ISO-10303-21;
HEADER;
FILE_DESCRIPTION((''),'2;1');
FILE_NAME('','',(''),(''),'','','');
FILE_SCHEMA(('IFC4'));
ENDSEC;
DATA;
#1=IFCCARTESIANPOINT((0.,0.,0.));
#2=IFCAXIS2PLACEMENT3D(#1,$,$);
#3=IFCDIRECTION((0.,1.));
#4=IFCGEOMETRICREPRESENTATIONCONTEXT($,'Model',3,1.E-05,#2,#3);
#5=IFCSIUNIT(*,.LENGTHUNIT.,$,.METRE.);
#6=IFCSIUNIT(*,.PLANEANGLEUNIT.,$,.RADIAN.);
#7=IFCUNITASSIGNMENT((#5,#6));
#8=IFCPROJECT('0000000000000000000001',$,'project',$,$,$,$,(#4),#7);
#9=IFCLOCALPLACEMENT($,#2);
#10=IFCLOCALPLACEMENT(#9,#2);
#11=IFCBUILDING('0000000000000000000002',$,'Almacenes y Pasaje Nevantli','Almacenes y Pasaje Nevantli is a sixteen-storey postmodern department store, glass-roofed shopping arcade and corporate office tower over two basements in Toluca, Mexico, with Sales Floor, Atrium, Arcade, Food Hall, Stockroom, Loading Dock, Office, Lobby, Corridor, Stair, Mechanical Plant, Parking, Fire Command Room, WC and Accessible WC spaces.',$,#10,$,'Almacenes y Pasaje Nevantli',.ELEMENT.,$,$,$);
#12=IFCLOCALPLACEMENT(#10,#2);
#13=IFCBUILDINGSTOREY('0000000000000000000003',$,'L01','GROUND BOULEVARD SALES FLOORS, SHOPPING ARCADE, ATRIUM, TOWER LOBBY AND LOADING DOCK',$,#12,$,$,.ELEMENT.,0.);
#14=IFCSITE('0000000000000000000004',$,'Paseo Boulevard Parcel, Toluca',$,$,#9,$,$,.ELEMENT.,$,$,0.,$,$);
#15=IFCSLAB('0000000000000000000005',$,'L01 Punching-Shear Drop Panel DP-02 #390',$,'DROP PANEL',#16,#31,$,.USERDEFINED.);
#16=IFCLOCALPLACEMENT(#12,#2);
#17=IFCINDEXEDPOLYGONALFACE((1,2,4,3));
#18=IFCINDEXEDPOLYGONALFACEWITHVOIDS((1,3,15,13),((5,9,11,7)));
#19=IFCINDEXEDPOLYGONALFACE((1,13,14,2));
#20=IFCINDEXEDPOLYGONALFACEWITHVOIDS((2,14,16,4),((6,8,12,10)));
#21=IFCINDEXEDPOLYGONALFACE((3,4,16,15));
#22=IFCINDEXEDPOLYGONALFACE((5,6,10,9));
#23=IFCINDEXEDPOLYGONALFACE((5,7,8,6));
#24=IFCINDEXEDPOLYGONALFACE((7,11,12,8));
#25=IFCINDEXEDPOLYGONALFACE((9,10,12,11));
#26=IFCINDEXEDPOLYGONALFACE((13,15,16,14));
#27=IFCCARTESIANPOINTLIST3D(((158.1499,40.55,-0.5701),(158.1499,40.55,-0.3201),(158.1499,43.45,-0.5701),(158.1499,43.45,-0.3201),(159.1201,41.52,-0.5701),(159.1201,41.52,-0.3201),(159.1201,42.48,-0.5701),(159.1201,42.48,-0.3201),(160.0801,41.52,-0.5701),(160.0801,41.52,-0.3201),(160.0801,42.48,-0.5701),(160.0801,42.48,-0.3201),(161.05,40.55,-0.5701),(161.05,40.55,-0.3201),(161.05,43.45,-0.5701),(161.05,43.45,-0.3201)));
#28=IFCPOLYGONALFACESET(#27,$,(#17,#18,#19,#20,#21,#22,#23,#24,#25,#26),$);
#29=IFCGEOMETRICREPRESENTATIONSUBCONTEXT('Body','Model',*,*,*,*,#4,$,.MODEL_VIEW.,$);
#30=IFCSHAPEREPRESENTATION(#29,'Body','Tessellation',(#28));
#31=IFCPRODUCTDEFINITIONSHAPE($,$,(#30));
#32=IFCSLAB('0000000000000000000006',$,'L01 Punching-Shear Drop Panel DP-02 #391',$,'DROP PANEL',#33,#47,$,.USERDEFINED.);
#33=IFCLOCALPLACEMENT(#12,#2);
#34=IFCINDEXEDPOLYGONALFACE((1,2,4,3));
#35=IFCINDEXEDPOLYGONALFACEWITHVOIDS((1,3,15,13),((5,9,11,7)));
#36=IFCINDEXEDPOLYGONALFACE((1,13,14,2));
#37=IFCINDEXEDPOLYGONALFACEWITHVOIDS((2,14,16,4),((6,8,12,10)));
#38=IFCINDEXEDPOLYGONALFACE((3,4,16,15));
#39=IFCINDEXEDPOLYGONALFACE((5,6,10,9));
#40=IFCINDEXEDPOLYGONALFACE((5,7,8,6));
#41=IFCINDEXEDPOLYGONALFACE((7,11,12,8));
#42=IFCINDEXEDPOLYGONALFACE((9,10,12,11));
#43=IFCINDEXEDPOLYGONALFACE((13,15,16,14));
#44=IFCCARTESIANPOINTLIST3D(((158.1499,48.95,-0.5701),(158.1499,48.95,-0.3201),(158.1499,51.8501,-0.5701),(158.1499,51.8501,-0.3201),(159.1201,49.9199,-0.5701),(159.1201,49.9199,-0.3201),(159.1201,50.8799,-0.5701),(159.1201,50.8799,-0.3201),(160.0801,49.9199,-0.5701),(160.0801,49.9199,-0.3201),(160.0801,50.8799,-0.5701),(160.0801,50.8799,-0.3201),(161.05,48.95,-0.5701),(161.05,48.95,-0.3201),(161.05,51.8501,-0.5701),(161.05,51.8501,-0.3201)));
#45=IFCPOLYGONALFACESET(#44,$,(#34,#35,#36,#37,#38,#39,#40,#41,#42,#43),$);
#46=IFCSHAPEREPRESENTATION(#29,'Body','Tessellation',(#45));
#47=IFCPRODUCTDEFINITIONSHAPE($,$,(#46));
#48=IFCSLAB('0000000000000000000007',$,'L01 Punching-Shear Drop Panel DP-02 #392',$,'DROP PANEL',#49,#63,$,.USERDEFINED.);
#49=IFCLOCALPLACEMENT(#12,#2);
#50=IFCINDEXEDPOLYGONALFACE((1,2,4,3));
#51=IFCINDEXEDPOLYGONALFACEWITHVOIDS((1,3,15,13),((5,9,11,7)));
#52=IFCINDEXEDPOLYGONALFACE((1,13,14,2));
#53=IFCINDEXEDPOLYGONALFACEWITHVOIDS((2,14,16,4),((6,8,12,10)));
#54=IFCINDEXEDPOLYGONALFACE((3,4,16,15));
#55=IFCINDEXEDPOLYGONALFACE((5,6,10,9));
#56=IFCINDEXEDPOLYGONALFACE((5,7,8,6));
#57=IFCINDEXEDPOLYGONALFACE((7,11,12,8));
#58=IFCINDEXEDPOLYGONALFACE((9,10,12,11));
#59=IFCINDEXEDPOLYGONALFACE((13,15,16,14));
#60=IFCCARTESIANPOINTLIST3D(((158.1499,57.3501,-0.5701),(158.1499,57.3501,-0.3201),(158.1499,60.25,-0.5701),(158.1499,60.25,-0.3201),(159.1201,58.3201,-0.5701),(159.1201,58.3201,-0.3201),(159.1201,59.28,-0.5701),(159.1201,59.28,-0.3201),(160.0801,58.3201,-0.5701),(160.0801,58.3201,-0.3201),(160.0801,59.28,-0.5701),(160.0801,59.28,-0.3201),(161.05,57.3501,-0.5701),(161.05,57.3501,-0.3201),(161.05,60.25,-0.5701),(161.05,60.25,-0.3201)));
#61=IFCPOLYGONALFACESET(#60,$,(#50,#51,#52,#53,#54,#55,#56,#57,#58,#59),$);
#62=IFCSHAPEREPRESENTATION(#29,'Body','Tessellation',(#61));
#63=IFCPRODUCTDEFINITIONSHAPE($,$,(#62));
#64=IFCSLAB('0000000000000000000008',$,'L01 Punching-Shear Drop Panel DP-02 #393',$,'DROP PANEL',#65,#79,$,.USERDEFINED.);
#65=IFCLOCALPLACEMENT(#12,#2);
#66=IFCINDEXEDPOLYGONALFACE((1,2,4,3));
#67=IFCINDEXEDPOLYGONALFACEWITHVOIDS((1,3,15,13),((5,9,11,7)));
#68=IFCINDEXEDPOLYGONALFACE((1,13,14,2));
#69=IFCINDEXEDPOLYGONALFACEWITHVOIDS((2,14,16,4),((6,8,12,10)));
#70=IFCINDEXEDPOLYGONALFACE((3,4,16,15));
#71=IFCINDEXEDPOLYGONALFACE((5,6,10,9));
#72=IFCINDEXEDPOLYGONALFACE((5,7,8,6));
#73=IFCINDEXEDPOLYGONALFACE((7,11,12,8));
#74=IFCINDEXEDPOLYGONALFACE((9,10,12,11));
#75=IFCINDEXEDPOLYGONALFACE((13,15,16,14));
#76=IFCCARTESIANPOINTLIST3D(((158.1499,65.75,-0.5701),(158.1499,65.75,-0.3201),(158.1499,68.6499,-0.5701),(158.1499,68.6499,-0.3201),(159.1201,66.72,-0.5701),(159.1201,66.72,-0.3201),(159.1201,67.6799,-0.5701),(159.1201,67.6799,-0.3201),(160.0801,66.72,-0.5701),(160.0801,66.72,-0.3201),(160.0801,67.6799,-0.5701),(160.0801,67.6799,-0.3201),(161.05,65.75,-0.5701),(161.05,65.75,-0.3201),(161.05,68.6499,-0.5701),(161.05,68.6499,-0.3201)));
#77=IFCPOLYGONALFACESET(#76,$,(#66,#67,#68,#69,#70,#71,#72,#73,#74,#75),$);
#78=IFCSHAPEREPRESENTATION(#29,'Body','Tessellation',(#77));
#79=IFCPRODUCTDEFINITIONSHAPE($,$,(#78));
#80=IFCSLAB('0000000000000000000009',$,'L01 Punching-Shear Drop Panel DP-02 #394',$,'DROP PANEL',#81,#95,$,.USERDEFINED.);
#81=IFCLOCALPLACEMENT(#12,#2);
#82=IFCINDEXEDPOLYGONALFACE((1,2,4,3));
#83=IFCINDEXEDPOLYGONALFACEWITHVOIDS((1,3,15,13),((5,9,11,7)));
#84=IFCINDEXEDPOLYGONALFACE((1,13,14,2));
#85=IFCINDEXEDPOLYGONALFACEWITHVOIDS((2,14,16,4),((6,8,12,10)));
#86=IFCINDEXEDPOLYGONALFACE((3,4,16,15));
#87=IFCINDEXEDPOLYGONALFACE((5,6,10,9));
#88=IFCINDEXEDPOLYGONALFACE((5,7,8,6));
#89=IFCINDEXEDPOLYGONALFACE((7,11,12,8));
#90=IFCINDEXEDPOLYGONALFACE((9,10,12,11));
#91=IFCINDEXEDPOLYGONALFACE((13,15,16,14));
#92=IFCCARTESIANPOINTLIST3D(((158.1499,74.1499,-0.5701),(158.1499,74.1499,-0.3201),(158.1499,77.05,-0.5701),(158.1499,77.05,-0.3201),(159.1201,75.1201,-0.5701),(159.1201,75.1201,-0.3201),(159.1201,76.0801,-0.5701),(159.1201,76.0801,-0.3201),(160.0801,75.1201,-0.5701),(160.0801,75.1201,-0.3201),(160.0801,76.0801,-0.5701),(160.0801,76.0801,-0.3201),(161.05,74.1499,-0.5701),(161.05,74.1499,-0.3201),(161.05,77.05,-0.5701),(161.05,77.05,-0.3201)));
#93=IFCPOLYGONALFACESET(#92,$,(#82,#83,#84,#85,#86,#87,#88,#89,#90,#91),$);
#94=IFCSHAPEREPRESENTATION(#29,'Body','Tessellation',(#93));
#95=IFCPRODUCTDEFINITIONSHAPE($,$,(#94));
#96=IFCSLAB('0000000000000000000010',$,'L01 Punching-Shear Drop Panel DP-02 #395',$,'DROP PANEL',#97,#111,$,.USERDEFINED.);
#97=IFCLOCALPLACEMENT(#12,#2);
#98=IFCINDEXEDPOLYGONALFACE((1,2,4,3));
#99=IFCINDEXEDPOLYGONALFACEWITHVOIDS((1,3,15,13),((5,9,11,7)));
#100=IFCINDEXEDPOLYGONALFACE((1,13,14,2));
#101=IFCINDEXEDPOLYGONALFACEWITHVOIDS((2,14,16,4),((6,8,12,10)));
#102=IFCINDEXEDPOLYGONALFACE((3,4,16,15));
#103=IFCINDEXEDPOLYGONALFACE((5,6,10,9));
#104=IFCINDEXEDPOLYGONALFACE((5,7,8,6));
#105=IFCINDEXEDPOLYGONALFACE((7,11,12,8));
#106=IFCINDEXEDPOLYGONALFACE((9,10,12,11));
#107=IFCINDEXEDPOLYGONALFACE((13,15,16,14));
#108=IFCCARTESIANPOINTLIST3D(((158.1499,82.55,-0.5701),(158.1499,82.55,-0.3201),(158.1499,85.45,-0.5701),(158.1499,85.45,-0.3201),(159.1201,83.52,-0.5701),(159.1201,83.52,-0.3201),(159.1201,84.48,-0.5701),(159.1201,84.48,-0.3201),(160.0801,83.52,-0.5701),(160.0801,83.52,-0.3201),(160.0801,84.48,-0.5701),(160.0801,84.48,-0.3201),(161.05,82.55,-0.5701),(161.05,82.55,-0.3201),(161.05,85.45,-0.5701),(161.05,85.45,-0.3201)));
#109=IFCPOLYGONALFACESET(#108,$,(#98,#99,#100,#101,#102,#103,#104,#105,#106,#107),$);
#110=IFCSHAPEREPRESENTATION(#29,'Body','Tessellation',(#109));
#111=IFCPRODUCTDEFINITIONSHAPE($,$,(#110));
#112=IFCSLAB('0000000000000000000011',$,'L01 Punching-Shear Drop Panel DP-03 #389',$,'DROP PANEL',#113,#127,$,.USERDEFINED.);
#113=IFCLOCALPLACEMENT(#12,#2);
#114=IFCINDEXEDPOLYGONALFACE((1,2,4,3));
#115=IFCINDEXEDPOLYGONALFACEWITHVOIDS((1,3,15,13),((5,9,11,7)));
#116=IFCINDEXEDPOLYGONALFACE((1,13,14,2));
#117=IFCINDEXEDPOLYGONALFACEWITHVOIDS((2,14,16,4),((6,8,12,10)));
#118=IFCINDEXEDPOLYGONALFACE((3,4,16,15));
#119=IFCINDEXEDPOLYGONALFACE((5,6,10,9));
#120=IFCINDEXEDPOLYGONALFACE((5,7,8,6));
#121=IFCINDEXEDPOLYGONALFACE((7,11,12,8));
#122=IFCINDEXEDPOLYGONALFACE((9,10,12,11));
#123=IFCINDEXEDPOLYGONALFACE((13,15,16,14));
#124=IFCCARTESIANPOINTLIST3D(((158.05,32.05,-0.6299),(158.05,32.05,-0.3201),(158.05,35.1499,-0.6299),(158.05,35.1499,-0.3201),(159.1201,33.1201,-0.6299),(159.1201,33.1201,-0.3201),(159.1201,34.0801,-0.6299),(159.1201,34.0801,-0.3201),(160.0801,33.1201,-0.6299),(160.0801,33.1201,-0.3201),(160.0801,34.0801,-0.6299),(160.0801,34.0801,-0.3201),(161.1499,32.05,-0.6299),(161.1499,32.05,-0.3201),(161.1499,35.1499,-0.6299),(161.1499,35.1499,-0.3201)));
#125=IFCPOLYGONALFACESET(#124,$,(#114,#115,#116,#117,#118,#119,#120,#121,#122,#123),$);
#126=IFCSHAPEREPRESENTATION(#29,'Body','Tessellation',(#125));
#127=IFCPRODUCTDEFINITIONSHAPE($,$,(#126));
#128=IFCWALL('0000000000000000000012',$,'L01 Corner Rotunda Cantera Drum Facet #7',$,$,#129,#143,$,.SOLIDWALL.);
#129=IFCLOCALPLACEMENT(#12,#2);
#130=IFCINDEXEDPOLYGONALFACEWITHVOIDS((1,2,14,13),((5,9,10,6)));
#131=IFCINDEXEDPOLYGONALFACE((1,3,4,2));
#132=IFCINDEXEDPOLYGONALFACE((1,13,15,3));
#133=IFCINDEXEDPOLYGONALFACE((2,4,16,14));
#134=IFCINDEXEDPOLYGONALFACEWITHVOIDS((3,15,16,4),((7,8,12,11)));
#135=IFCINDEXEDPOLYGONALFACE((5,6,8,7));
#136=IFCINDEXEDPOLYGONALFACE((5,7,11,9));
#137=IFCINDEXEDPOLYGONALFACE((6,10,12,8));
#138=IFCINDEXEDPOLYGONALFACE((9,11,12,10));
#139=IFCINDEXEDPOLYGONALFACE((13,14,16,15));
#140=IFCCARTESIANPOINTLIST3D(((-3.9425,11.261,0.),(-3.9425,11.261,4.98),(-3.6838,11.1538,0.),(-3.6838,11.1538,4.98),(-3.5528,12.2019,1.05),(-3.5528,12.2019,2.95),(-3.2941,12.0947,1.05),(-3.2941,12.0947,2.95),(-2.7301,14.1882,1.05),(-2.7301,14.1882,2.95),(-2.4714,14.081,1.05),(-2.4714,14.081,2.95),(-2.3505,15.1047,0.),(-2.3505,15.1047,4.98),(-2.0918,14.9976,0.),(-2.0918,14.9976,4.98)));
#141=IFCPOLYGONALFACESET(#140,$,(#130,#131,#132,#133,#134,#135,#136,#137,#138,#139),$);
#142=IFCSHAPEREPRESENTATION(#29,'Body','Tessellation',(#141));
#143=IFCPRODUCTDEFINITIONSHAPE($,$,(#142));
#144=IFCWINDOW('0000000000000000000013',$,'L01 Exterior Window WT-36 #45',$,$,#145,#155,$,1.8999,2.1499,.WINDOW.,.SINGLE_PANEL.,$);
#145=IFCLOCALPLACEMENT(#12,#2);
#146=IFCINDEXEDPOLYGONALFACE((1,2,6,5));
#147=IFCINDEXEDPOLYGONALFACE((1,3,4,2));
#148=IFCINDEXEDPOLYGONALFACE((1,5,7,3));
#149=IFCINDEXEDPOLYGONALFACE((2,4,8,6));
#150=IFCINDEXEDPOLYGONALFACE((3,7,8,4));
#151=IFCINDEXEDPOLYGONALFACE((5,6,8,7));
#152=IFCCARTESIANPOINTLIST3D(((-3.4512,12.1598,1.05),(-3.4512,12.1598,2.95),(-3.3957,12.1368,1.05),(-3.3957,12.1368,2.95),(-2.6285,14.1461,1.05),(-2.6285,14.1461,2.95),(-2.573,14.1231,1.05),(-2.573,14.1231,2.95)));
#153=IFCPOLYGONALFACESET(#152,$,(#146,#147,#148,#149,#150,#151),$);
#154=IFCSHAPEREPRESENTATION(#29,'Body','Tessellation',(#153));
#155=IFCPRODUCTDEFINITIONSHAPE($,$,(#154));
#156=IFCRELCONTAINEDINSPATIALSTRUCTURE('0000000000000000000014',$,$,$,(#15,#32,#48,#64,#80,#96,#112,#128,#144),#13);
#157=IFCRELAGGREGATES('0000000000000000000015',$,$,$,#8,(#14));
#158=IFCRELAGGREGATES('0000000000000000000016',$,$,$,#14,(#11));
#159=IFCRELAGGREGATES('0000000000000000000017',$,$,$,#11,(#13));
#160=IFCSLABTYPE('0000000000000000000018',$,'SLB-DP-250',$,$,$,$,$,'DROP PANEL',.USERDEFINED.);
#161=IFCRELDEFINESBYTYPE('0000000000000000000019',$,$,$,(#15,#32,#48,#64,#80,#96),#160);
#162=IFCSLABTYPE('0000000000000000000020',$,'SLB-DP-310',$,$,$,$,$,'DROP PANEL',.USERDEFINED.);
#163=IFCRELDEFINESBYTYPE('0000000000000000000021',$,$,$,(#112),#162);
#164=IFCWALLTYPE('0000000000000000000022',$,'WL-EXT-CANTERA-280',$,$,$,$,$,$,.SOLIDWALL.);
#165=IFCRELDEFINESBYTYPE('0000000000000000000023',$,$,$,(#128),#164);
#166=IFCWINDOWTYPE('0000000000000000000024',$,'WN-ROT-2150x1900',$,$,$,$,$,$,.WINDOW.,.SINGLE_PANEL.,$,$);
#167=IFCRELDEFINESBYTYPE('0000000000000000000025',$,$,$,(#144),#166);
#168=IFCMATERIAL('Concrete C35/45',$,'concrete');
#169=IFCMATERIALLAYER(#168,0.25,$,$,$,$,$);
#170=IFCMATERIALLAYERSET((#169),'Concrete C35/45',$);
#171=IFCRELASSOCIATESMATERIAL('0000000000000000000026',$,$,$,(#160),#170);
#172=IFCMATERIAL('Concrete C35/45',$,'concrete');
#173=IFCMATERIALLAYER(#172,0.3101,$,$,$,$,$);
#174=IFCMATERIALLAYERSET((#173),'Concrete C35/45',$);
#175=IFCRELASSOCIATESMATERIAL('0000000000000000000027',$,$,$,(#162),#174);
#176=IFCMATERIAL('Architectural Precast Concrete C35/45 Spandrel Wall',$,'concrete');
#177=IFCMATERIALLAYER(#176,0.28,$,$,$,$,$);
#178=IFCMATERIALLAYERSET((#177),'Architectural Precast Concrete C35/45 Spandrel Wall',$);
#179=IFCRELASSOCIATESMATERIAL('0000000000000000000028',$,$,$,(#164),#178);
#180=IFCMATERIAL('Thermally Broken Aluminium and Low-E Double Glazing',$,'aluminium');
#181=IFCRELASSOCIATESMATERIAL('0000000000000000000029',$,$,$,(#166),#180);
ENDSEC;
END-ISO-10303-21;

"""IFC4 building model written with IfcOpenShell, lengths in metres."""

from ifc_helpers import new_model, si_unit, direction, frame, frame_2d, origin, place, context, subcontext, project, spatial, polyline, rectangle, outline, extrude, material, layer, layer_set, type_object, element, fill, save


model = new_model("IFC4")

# Units and contexts
model_context = context("Model", 3, precision=1e-05, world=origin(), true_north=direction((0.0, 1.0)))
body_context = subcontext(model_context, "Body", "Model", "MODEL_VIEW")
ifc_project = project(units=[si_unit("LENGTHUNIT", "METRE"), si_unit("PLANEANGLEUNIT", "RADIAN")], contexts=[model_context])

# Site, building, storey
site_placement = place(None, origin())
site = spatial("IfcSite", under=ifc_project, at=site_placement, Name="Paseo Boulevard Parcel, Toluca", CompositionType="ELEMENT", RefElevation=0.0)
building_placement = place(site_placement, origin())
building = spatial("IfcBuilding", under=site, at=building_placement, Name="Almacenes y Pasaje Nevantli", Description="Almacenes y Pasaje Nevantli is a sixteen-storey postmodern department store, glass-roofed shopping arcade and corporate office tower over two basements in Toluca, Mexico, with Sales Floor, Atrium, Arcade, Food Hall, Stockroom, Loading Dock, Office, Lobby, Corridor, Stair, Mechanical Plant, Parking, Fire Command Room, WC and Accessible WC spaces.", LongName="Almacenes y Pasaje Nevantli", CompositionType="ELEMENT")
storey_placement = place(building_placement, origin())
storey = spatial("IfcBuildingStorey", under=building, at=storey_placement, Name="L01", Description="GROUND BOULEVARD SALES FLOORS, SHOPPING ARCADE, ATRIUM, TOWER LOBBY AND LOADING DOCK", CompositionType="ELEMENT", Elevation=0.0)

# Slabs
ifc_material_1 = material(Name="Concrete C35/45", Category="concrete")
ifc_layer_1 = layer(ifc_material_1, 0.25)
ifc_layer_set_1 = layer_set([ifc_layer_1], Name="Concrete C35/45")
slab_type_1 = type_object("IfcSlabType", Name="SLB-DP-250", ElementType="DROP PANEL", PredefinedType="USERDEFINED", material=ifc_layer_set_1)
slab_1_placement = place(storey_placement, frame((0.0, 0.0, -0.5701)))
element("IfcSlab", 1, at=slab_1_placement, inside=storey, type_object=slab_type_1, Name="L01 Punching-Shear Drop Panel DP-02 #390", ObjectType="DROP PANEL", PredefinedType="USERDEFINED", context=body_context, shape_type="SweptSolid", body=[
    extrude(outline(polyline([(158.1499, 40.55), (161.05, 40.55), (161.05, 43.45), (158.1499, 43.45), (158.1499, 40.55)]), holes=[polyline([(159.1201, 41.52), (160.0801, 41.52), (160.0801, 42.48), (159.1201, 42.48), (159.1201, 41.52)])]), origin(), (0.0, 0.0, 1.0), 0.25),
])
slab_2_placement = place(storey_placement, frame((0.0, 0.0, -0.5701)))
element("IfcSlab", 2, at=slab_2_placement, inside=storey, type_object=slab_type_1, Name="L01 Punching-Shear Drop Panel DP-02 #391", ObjectType="DROP PANEL", PredefinedType="USERDEFINED", context=body_context, shape_type="SweptSolid", body=[
    extrude(outline(polyline([(158.1499, 48.95), (161.05, 48.95), (161.05, 51.8501), (158.1499, 51.8501), (158.1499, 48.95)]), holes=[polyline([(159.1201, 49.9199), (160.0801, 49.9199), (160.0801, 50.8799), (159.1201, 50.8799), (159.1201, 49.9199)])]), origin(), (0.0, 0.0, 1.0), 0.25),
])
slab_3_placement = place(storey_placement, frame((0.0, 0.0, -0.5701)))
element("IfcSlab", 3, at=slab_3_placement, inside=storey, type_object=slab_type_1, Name="L01 Punching-Shear Drop Panel DP-02 #392", ObjectType="DROP PANEL", PredefinedType="USERDEFINED", context=body_context, shape_type="SweptSolid", body=[
    extrude(outline(polyline([(158.1499, 57.3501), (161.05, 57.3501), (161.05, 60.25), (158.1499, 60.25), (158.1499, 57.3501)]), holes=[polyline([(159.1201, 58.3201), (160.0801, 58.3201), (160.0801, 59.28), (159.1201, 59.28), (159.1201, 58.3201)])]), origin(), (0.0, 0.0, 1.0), 0.25),
])
slab_4_placement = place(storey_placement, frame((0.0, 0.0, -0.5701)))
element("IfcSlab", 4, at=slab_4_placement, inside=storey, type_object=slab_type_1, Name="L01 Punching-Shear Drop Panel DP-02 #393", ObjectType="DROP PANEL", PredefinedType="USERDEFINED", context=body_context, shape_type="SweptSolid", body=[
    extrude(outline(polyline([(158.1499, 65.75), (161.05, 65.75), (161.05, 68.6499), (158.1499, 68.6499), (158.1499, 65.75)]), holes=[polyline([(159.1201, 66.72), (160.0801, 66.72), (160.0801, 67.6799), (159.1201, 67.6799), (159.1201, 66.72)])]), origin(), (0.0, 0.0, 1.0), 0.25),
])
slab_5_placement = place(storey_placement, frame((0.0, 0.0, -0.5701)))
element("IfcSlab", 5, at=slab_5_placement, inside=storey, type_object=slab_type_1, Name="L01 Punching-Shear Drop Panel DP-02 #394", ObjectType="DROP PANEL", PredefinedType="USERDEFINED", context=body_context, shape_type="SweptSolid", body=[
    extrude(outline(polyline([(158.1499, 74.1499), (161.05, 74.1499), (161.05, 77.05), (158.1499, 77.05), (158.1499, 74.1499)]), holes=[polyline([(159.1201, 75.1201), (160.0801, 75.1201), (160.0801, 76.0801), (159.1201, 76.0801), (159.1201, 75.1201)])]), origin(), (0.0, 0.0, 1.0), 0.25),
])
slab_6_placement = place(storey_placement, frame((0.0, 0.0, -0.5701)))
element("IfcSlab", 6, at=slab_6_placement, inside=storey, type_object=slab_type_1, Name="L01 Punching-Shear Drop Panel DP-02 #395", ObjectType="DROP PANEL", PredefinedType="USERDEFINED", context=body_context, shape_type="SweptSolid", body=[
    extrude(outline(polyline([(158.1499, 82.55), (161.05, 82.55), (161.05, 85.45), (158.1499, 85.45), (158.1499, 82.55)]), holes=[polyline([(159.1201, 83.52), (160.0801, 83.52), (160.0801, 84.48), (159.1201, 84.48), (159.1201, 83.52)])]), origin(), (0.0, 0.0, 1.0), 0.25),
])
ifc_material_2 = material(Name="Concrete C35/45", Category="concrete")
ifc_layer_2 = layer(ifc_material_2, 0.3101)
ifc_layer_set_2 = layer_set([ifc_layer_2], Name="Concrete C35/45")
slab_type_2 = type_object("IfcSlabType", Name="SLB-DP-310", ElementType="DROP PANEL", PredefinedType="USERDEFINED", material=ifc_layer_set_2)
slab_7_placement = place(storey_placement, frame((0.0, 0.0, -0.6299)))
element("IfcSlab", 7, at=slab_7_placement, inside=storey, type_object=slab_type_2, Name="L01 Punching-Shear Drop Panel DP-03 #389", ObjectType="DROP PANEL", PredefinedType="USERDEFINED", context=body_context, shape_type="SweptSolid", body=[
    extrude(outline(polyline([(158.05, 32.05), (161.1499, 32.05), (161.1499, 35.1499), (158.05, 35.1499), (158.05, 32.05)]), holes=[polyline([(159.1201, 33.1201), (160.0801, 33.1201), (160.0801, 34.0801), (159.1201, 34.0801), (159.1201, 33.1201)])]), origin(), (0.0, 0.0, 1.0), 0.3098),
])

# Wall, opening, window
ifc_material_3 = material(Name="Architectural Precast Concrete C35/45 Spandrel Wall", Category="concrete")
ifc_layer_3 = layer(ifc_material_3, 0.28)
ifc_layer_set_3 = layer_set([ifc_layer_3], Name="Architectural Precast Concrete C35/45 Spandrel Wall")
wall_type = type_object("IfcWallType", Name="WL-EXT-CANTERA-280", PredefinedType="SOLIDWALL", material=ifc_layer_set_3)
wall_1_placement = place(storey_placement, frame((-2.2212, 15.051, 0.0), z_axis=(0.0, 0.0, 1.0), x_axis=(-0.382664, -0.923887, 0.0)))
wall_1 = element("IfcWall", 8, at=wall_1_placement, inside=storey, type_object=wall_type, Name="L01 Corner Rotunda Cantera Drum Facet #7", PredefinedType="SOLIDWALL", context=body_context, shape_type="SweptSolid", body=[
    extrude(rectangle(XDim=4.1604, YDim=0.28, at=frame_2d((2.0801, 0.0))), origin(), (0.0, 0.0, 1.0), 4.98),
])
opening_1_placement = place(wall_1_placement, frame((0.9919, 0.0, 1.05)))
opening_1 = element("IfcOpeningElement", 9, at=opening_1_placement, cuts=wall_1, PredefinedType="OPENING", context=body_context, shape_type="SweptSolid", body=[
    extrude(rectangle(XDim=2.1499, YDim=1.8999, at=frame_2d((1.075, 0.95))), frame((0.0, 0.1499, 0.0), z_axis=(0.0, -1.0, 0.0), x_axis=(1.0, 0.0, 0.0)), (0.0, 0.0, 1.0), 0.3),
])
ifc_material_4 = material(Name="Thermally Broken Aluminium and Low-E Double Glazing", Category="aluminium")
window_type_1 = type_object("IfcWindowType", Name="WN-ROT-2150x1900", PartitioningType="SINGLE_PANEL", PredefinedType="WINDOW", material=ifc_material_4)
window_1_placement = place(opening_1_placement, origin())
window_1 = element("IfcWindow", 10, at=window_1_placement, inside=storey, type_object=window_type_1, Name="L01 Exterior Window WT-36 #45", OverallHeight=1.8999, OverallWidth=2.1499, PartitioningType="SINGLE_PANEL", PredefinedType="WINDOW", context=body_context, shape_type="SweptSolid", body=[
    extrude(rectangle(XDim=2.1499, YDim=1.8999, at=frame_2d((1.075, 0.95))), frame((0.0, 0.03, 0.0), z_axis=(0.0, -1.0, 0.0), x_axis=(1.0, 0.0, 0.0)), (0.0, 0.0, 1.0), 0.0601),
])
fill(opening_1, window_1)

save(model, "model.ifc")
